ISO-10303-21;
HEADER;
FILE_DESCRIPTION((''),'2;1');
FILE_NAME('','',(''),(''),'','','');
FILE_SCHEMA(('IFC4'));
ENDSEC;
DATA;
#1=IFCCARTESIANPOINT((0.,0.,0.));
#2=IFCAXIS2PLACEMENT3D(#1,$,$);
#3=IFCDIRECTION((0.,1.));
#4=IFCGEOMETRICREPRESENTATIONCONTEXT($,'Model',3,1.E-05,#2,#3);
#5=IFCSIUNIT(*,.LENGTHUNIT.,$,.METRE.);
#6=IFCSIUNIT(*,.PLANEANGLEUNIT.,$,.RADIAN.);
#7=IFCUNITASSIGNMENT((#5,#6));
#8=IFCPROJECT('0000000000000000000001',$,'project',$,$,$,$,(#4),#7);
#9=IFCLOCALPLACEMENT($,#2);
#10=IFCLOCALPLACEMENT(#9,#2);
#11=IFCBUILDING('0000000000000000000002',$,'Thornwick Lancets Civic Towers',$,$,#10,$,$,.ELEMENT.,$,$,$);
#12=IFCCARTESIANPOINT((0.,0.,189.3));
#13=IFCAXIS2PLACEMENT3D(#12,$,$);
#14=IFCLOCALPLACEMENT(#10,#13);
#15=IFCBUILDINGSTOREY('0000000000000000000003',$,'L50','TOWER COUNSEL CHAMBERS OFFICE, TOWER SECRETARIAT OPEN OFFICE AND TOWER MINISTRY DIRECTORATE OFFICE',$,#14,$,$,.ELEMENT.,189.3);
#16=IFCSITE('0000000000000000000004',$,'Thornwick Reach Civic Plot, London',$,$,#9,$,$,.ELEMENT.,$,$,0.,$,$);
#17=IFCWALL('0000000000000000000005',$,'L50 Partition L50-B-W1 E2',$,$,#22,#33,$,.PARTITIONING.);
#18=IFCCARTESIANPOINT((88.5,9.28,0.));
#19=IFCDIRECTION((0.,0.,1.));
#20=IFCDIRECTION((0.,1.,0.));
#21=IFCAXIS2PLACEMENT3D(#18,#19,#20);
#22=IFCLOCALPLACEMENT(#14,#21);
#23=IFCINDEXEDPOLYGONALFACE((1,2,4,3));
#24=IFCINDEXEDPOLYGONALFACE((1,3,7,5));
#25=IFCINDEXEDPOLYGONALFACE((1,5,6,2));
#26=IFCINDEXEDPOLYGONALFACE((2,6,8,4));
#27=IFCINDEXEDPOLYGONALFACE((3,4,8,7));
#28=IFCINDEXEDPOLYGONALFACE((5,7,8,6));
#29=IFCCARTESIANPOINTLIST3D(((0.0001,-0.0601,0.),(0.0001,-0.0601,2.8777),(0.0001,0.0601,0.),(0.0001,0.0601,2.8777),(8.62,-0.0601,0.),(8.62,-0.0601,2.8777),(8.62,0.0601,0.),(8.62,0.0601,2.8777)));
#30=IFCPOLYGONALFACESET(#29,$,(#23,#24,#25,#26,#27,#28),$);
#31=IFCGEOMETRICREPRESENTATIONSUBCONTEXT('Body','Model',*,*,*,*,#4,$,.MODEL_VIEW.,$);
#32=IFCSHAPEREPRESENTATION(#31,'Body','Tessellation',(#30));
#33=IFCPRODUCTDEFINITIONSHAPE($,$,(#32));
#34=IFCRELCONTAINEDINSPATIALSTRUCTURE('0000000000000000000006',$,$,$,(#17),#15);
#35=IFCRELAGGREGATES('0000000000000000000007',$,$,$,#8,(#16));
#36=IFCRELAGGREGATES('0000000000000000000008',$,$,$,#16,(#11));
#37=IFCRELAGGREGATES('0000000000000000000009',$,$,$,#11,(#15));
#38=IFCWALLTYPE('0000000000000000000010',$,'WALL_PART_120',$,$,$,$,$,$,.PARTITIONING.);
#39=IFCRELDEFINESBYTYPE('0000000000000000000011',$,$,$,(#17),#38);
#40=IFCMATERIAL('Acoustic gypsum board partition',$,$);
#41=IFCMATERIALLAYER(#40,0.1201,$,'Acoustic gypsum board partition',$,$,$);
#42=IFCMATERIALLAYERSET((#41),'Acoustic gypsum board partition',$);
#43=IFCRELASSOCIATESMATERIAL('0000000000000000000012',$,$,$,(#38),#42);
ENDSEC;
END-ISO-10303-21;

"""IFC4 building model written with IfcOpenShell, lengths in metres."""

from ifc_helpers import new_model, si_unit, direction, frame, frame_2d, origin, place, context, subcontext, project, spatial, rectangle, extrude, material, layer, layer_set, type_object, element, save


model = new_model("IFC4")

# Units and contexts
model_context = context("Model", 3, precision=1e-05, world=origin(), true_north=direction((0.0, 1.0)))
body_context = subcontext(model_context, "Body", "Model", "MODEL_VIEW")
ifc_project = project(units=[si_unit("LENGTHUNIT", "METRE"), si_unit("PLANEANGLEUNIT", "RADIAN")], contexts=[model_context])

# Site, building, storey
site_placement = place(None, origin())
site = spatial("IfcSite", under=ifc_project, at=site_placement, Name="Thornwick Reach Civic Plot, London", CompositionType="ELEMENT", RefElevation=0.0)
building_placement = place(site_placement, origin())
building = spatial("IfcBuilding", under=site, at=building_placement, Name="Thornwick Lancets Civic Towers", CompositionType="ELEMENT")
storey_placement = place(building_placement, frame((0.0, 0.0, 189.3)))
storey = spatial("IfcBuildingStorey", under=building, at=storey_placement, Name="L50", Description="TOWER COUNSEL CHAMBERS OFFICE, TOWER SECRETARIAT OPEN OFFICE AND TOWER MINISTRY DIRECTORATE OFFICE", CompositionType="ELEMENT", Elevation=189.3)

# Shared definitions
ifc_material_1 = material(Name="Acoustic gypsum board partition")
ifc_layer_1 = layer(ifc_material_1, 0.1201, Name="Acoustic gypsum board partition")
ifc_layer_set_1 = layer_set([ifc_layer_1], Name="Acoustic gypsum board partition")
wall_type_1 = type_object("IfcWallType", Name="WALL_PART_120", PredefinedType="PARTITIONING", material=ifc_layer_set_1)

# Wall
wall_1_placement = place(storey_placement, frame((88.5, 9.28, 0.0), z_axis=(0.0, 0.0, 1.0), x_axis=(0.0, 1.0, 0.0)))
element("IfcWall", 1, at=wall_1_placement, inside=storey, type_object=wall_type_1, Name="L50 Partition L50-B-W1 E2", PredefinedType="PARTITIONING", context=body_context, shape_type="SweptSolid", body=[
    extrude(rectangle(XDim=8.6199, YDim=0.1201, at=frame_2d((4.3101, 0.0))), origin(), (0.0, 0.0, 1.0), 2.8777),
])

save(model, "model.ifc")
